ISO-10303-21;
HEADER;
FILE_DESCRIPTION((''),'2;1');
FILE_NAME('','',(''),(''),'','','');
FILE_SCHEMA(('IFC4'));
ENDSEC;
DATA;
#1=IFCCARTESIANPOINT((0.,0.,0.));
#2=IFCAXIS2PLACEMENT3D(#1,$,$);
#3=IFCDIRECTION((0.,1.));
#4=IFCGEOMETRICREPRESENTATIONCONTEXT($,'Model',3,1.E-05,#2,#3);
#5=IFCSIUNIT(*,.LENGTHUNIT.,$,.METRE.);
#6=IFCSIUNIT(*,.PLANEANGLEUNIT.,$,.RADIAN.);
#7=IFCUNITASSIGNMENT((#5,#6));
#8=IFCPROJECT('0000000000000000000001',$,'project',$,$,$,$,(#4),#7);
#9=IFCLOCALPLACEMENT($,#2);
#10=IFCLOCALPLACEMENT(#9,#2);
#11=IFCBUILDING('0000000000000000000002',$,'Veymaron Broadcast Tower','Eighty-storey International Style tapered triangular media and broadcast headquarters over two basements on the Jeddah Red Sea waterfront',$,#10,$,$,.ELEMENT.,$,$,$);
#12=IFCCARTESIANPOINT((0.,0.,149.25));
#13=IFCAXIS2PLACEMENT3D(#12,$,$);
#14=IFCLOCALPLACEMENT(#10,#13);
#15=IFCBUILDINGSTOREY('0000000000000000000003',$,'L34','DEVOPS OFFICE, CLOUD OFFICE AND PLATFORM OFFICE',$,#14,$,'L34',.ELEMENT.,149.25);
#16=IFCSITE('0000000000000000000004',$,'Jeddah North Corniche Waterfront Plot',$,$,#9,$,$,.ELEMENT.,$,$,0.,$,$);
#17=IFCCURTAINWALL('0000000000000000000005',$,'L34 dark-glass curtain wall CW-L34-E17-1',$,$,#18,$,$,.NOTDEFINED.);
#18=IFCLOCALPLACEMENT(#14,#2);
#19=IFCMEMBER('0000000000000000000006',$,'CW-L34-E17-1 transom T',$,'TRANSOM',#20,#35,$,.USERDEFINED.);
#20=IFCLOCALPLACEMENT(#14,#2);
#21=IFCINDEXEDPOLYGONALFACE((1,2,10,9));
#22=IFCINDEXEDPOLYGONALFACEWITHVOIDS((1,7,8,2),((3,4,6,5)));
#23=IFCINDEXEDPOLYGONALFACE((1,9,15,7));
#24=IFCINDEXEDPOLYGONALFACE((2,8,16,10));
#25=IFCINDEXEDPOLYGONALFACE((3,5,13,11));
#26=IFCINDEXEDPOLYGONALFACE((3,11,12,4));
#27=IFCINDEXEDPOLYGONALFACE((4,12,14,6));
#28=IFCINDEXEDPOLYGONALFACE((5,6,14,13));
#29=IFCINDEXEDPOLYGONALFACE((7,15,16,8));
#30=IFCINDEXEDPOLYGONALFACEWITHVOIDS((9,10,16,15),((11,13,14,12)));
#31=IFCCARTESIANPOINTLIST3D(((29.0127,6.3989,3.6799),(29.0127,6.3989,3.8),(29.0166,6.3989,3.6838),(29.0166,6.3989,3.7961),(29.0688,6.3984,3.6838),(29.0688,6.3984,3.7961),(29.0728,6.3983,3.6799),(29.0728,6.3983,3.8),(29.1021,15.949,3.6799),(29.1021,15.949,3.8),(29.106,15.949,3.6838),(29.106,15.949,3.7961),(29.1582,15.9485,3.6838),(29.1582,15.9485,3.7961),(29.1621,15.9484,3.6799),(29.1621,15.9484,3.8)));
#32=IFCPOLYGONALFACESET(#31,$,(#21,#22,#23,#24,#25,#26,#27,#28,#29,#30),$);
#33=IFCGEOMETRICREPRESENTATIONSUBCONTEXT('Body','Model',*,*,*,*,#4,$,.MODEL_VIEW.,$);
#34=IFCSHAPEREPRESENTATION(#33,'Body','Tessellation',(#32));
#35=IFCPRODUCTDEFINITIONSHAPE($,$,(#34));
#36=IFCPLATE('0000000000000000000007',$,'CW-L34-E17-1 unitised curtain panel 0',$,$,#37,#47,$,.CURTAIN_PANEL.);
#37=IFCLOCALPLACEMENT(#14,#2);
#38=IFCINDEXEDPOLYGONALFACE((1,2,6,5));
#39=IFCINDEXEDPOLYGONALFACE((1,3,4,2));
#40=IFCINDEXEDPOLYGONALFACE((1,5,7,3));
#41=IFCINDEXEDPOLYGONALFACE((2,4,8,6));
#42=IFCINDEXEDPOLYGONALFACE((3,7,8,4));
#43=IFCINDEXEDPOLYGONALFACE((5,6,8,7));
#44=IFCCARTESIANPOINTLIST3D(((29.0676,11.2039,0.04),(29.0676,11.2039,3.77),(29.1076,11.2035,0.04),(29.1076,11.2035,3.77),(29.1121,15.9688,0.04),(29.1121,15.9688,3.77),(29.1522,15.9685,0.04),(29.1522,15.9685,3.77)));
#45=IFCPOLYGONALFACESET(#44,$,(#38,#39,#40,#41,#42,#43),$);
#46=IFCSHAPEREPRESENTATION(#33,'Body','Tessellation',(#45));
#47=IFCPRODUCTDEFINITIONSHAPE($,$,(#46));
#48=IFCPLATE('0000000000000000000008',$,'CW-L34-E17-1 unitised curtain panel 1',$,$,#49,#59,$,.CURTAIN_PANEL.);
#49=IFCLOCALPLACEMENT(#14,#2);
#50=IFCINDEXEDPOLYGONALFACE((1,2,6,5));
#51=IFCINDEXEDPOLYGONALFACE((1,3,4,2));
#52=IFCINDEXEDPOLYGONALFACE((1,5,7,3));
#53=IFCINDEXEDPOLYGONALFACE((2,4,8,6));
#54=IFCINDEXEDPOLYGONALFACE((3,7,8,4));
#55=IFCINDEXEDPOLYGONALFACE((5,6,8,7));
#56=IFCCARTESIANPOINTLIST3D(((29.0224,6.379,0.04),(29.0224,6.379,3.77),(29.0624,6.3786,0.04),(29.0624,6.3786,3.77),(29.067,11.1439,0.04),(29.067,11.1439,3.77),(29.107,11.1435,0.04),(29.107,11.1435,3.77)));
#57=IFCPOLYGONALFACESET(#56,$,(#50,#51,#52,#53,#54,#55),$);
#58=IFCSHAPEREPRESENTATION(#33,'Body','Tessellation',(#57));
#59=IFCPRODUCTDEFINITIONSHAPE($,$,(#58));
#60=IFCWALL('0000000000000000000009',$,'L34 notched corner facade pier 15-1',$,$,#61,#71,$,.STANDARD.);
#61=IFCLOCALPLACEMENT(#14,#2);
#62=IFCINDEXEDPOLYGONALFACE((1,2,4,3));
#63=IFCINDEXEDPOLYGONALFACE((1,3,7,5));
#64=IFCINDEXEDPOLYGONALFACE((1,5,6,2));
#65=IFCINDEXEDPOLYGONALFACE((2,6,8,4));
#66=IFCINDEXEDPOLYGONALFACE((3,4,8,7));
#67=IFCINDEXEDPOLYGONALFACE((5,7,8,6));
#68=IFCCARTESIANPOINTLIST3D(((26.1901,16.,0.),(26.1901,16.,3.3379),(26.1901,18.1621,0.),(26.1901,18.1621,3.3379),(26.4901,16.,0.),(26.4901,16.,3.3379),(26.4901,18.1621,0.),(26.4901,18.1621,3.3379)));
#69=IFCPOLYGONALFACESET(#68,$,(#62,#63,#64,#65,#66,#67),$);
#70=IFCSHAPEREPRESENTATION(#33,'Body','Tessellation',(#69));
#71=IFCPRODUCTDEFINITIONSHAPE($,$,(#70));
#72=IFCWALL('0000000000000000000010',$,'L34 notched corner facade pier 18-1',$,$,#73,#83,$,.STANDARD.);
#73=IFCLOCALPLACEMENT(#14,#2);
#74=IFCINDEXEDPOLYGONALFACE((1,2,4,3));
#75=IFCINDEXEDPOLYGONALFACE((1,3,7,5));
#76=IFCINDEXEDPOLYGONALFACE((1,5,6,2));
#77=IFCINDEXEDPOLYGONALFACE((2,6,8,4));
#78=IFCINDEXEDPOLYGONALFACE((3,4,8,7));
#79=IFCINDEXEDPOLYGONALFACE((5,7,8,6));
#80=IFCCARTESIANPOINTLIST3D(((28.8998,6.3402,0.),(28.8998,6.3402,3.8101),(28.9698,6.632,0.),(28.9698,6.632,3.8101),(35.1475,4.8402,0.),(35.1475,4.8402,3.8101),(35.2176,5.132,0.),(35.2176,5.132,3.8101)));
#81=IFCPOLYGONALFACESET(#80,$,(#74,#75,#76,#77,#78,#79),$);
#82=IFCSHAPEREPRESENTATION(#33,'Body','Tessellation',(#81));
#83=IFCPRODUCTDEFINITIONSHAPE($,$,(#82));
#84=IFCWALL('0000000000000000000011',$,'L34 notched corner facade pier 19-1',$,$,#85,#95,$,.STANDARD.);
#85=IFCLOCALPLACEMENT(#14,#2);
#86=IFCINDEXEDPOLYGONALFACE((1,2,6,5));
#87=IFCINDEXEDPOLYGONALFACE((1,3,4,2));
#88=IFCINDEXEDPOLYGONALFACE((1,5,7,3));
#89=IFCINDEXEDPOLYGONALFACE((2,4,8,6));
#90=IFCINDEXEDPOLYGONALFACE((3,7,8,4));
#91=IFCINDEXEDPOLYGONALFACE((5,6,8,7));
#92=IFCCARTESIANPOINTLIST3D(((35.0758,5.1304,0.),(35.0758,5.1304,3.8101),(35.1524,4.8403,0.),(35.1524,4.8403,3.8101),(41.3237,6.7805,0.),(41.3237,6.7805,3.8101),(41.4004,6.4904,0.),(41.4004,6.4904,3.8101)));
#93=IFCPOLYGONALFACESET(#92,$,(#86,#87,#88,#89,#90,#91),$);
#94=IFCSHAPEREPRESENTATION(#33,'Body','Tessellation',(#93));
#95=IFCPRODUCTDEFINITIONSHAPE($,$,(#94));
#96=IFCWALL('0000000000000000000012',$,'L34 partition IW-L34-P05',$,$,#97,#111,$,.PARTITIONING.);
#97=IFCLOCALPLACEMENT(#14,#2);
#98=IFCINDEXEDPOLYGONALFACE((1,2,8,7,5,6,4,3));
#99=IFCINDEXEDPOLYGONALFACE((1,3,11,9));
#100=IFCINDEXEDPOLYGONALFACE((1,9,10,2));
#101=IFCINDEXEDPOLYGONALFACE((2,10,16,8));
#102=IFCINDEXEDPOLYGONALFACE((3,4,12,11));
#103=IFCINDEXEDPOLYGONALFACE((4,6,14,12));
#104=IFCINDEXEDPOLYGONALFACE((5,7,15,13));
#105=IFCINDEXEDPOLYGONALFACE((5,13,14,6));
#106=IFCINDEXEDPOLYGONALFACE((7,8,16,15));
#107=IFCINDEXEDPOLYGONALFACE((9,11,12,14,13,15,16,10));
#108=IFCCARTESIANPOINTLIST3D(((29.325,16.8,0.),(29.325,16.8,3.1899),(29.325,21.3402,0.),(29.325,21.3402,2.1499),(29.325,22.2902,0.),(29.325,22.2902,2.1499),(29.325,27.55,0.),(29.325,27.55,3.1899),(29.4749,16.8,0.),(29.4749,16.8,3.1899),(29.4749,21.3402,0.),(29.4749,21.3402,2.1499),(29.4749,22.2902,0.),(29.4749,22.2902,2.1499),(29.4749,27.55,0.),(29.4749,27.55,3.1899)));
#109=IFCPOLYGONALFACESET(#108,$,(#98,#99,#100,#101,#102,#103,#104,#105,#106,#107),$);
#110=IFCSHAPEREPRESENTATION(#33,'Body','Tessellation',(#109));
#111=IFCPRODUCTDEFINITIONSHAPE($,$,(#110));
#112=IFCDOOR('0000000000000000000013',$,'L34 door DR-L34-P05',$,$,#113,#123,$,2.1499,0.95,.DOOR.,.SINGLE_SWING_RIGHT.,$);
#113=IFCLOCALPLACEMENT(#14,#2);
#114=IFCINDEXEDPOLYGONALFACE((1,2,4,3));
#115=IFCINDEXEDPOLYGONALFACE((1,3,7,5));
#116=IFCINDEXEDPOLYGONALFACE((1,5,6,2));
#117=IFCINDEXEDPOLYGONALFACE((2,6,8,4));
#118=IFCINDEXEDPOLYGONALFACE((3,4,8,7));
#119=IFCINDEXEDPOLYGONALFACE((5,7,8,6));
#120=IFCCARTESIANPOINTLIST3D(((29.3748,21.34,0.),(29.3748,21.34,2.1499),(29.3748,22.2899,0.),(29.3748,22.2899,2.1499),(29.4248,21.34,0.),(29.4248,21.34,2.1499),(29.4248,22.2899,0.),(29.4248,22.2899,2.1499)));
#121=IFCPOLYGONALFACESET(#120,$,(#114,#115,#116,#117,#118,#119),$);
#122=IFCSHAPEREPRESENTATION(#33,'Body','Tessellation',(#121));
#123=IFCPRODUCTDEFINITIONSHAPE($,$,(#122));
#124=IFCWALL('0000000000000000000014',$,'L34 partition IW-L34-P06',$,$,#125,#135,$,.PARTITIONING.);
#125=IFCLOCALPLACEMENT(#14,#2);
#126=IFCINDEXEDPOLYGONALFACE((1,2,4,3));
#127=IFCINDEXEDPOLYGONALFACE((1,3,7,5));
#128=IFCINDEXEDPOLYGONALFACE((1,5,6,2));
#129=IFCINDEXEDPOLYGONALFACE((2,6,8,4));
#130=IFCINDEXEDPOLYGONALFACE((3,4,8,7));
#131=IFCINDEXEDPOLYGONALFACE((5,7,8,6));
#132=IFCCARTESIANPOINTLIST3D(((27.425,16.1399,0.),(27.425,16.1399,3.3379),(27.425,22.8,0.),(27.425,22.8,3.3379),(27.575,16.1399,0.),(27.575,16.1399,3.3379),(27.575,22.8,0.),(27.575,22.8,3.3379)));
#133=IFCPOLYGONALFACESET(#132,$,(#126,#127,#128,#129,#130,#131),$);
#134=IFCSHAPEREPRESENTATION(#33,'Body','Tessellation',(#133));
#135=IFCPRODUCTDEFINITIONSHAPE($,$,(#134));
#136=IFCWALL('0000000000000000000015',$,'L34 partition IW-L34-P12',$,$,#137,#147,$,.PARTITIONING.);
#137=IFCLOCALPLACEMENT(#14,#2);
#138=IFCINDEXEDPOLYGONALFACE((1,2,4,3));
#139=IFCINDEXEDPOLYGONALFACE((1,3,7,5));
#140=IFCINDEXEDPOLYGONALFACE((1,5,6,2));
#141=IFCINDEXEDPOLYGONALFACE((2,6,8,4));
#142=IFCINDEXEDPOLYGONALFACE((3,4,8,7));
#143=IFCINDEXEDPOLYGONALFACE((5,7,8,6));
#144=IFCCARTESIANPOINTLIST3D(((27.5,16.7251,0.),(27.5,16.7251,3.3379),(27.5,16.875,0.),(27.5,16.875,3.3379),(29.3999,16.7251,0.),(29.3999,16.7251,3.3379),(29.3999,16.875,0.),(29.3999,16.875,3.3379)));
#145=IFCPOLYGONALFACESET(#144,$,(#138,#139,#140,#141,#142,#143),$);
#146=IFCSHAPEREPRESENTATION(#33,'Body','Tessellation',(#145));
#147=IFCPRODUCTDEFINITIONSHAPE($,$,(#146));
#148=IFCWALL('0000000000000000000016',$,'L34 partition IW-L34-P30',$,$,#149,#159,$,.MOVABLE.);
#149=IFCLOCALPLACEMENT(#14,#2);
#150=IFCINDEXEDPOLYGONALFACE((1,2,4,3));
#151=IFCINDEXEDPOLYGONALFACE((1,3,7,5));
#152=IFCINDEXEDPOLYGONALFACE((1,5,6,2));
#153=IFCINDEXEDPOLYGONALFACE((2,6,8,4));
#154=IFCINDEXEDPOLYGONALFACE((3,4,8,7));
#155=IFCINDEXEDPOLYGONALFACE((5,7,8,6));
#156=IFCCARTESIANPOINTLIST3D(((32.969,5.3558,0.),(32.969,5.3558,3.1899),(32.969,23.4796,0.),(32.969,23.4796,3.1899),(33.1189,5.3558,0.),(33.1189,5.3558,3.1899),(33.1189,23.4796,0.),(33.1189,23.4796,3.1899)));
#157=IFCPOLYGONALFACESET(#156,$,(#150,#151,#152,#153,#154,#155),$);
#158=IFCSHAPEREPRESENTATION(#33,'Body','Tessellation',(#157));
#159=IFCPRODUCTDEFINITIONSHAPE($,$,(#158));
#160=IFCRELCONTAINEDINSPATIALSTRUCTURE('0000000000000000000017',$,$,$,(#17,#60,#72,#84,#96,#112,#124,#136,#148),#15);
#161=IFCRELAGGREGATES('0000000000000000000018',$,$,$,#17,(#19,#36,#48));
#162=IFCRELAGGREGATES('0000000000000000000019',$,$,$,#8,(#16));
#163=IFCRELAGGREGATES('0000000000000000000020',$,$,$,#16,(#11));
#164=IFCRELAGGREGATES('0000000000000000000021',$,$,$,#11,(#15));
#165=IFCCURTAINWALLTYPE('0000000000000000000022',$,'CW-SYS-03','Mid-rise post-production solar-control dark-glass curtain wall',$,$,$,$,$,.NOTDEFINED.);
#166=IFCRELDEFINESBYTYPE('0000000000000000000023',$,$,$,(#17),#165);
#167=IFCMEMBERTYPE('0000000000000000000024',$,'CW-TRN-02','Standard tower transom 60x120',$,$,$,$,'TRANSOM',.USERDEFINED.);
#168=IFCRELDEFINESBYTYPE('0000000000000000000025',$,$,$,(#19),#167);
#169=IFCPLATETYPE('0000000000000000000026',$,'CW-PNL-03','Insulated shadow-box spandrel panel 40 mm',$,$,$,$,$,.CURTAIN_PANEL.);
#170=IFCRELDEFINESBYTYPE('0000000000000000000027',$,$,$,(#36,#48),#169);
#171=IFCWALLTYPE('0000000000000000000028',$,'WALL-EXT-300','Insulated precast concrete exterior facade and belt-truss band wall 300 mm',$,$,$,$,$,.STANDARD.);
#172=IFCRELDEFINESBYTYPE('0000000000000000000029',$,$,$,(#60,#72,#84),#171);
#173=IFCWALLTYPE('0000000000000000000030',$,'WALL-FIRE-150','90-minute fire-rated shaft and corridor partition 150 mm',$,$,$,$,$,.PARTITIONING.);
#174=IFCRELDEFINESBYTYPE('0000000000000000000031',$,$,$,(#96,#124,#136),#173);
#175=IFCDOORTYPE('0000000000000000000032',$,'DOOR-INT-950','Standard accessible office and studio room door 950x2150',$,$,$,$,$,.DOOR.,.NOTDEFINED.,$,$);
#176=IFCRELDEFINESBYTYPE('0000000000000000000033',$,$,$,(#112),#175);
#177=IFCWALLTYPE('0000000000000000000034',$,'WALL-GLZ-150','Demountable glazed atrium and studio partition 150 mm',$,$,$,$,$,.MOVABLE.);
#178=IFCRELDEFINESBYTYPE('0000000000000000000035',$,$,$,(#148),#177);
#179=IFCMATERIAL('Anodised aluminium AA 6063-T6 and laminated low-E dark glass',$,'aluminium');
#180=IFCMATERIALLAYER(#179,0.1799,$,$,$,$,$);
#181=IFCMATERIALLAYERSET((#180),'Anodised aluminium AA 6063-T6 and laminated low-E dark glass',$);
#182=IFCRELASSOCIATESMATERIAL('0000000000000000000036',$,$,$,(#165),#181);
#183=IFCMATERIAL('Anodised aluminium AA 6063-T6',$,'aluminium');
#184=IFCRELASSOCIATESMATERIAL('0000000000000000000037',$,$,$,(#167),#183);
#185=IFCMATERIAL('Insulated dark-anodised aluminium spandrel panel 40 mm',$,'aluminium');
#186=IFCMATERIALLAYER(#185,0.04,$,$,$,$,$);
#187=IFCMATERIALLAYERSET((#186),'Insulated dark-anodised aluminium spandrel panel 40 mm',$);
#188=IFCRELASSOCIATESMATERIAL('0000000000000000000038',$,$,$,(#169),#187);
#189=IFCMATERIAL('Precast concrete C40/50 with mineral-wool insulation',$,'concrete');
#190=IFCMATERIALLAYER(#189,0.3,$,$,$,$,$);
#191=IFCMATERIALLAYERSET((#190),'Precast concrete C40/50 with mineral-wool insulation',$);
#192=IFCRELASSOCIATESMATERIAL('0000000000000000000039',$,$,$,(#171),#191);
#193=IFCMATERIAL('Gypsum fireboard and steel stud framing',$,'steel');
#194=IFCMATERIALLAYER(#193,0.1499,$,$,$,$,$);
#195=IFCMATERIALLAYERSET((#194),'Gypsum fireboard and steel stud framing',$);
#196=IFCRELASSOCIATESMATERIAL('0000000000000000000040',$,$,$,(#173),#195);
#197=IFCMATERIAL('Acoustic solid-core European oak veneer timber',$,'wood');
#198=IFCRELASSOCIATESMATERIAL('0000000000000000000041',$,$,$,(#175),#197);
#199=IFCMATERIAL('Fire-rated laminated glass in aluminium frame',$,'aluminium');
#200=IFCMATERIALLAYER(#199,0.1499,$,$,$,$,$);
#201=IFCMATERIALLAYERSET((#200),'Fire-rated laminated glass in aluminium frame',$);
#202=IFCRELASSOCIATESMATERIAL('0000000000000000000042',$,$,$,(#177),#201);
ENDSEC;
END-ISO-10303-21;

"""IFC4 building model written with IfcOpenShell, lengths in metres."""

from ifc_helpers import new_model, si_unit, direction, frame, frame_2d, origin, origin_2d, place, context, subcontext, project, spatial, rectangle, hollow_rectangle, extrude, material, layer, layer_set, material_profile, profile_set, type_object, element, fill, aggregate, save


model = new_model("IFC4")

# Units and contexts
model_context = context("Model", 3, precision=1e-05, world=origin(), true_north=direction((0.0, 1.0)))
body_context = subcontext(model_context, "Body", "Model", "MODEL_VIEW")
ifc_project = project(units=[si_unit("LENGTHUNIT", "METRE"), si_unit("PLANEANGLEUNIT", "RADIAN")], contexts=[model_context])

# Site, building, storey
site_placement = place(None, origin())
site = spatial("IfcSite", under=ifc_project, at=site_placement, Name="Jeddah North Corniche Waterfront Plot", CompositionType="ELEMENT", RefElevation=0.0)
building_placement = place(site_placement, origin())
building = spatial("IfcBuilding", under=site, at=building_placement, Name="Veymaron Broadcast Tower", Description="Eighty-storey International Style tapered triangular media and broadcast headquarters over two basements on the Jeddah Red Sea waterfront", CompositionType="ELEMENT")
storey_placement = place(building_placement, frame((0.0, 0.0, 149.25)))
storey = spatial("IfcBuildingStorey", under=building, at=storey_placement, Name="L34", Description="DEVOPS OFFICE, CLOUD OFFICE AND PLATFORM OFFICE", LongName="L34", CompositionType="ELEMENT", Elevation=149.25)

# Shared definitions
ifc_material_1 = material(Name="Anodised aluminium AA 6063-T6 and laminated low-E dark glass", Category="aluminium")
ifc_layer_1 = layer(ifc_material_1, 0.1799)
ifc_layer_set_1 = layer_set([ifc_layer_1], Name="Anodised aluminium AA 6063-T6 and laminated low-E dark glass")
curtain_wall_type = type_object("IfcCurtainWallType", Name="CW-SYS-03", Description="Mid-rise post-production solar-control dark-glass curtain wall", PredefinedType="NOTDEFINED", material=ifc_layer_set_1)
ifc_material_2 = material(Name="Anodised aluminium AA 6063-T6", Category="aluminium")

# Curtain wall, member, plates
curtain_wall_1_placement = place(storey_placement, origin())
curtain_wall_1 = element("IfcCurtainWall", 1, at=curtain_wall_1_placement, inside=storey, type_object=curtain_wall_type, Name="L34 dark-glass curtain wall CW-L34-E17-1", PredefinedType="NOTDEFINED")
ifc_material_profile_1 = material_profile(ifc_material_2, hollow_rectangle(XDim=0.0601, YDim=0.1201, WallThickness=0.0039, at=origin_2d()), Name="AL120X60X4")
ifc_profile_set_1 = profile_set([ifc_material_profile_1], Name="Anodised aluminium AA 6063-T6")
member_type_1 = type_object("IfcMemberType", Name="CW-TRN-02", Description="Standard tower transom 60x120", ElementType="TRANSOM", PredefinedType="USERDEFINED", material=ifc_profile_set_1)
member_1_placement = place(storey_placement, frame((29.1321, 15.9487, 3.74), z_axis=(-0.009356, -0.999956, 0.0), x_axis=(0.999956, -0.009356, 0.0)))
member_1 = element("IfcMember", 2, at=member_1_placement, type_object=member_type_1, Name="CW-L34-E17-1 transom T", ObjectType="TRANSOM", PredefinedType="USERDEFINED", context=body_context, shape_type="SweptSolid", body=[
    extrude(hollow_rectangle(XDim=0.0601, YDim=0.1201, WallThickness=0.0039, at=origin_2d()), origin(), (0.0, 0.0, 1.0), 9.5505),
])
ifc_material_3 = material(Name="Insulated dark-anodised aluminium spandrel panel 40 mm", Category="aluminium")
ifc_layer_2 = layer(ifc_material_3, 0.04)
ifc_layer_set_2 = layer_set([ifc_layer_2], Name="Insulated dark-anodised aluminium spandrel panel 40 mm")
plate_type = type_object("IfcPlateType", Name="CW-PNL-03", Description="Insulated shadow-box spandrel panel 40 mm", PredefinedType="CURTAIN_PANEL", material=ifc_layer_set_2)
plate_1_placement = place(storey_placement, frame((29.1099, 13.5862, 0.04), z_axis=(0.0, 0.0, 1.0), x_axis=(-0.009355, -0.999956, 0.0)))
plate_1 = element("IfcPlate", 3, at=plate_1_placement, type_object=plate_type, Name="CW-L34-E17-1 unitised curtain panel 0", PredefinedType="CURTAIN_PANEL", context=body_context, shape_type="SweptSolid", body=[
    extrude(rectangle(XDim=4.7651, YDim=0.04, at=origin_2d()), origin(), (0.0, 0.0, 1.0), 3.73),
])
plate_2_placement = place(storey_placement, frame((29.0647, 8.7612, 0.04), z_axis=(0.0, 0.0, 1.0), x_axis=(-0.009355, -0.999956, 0.0)))
plate_2 = element("IfcPlate", 4, at=plate_2_placement, type_object=plate_type, Name="CW-L34-E17-1 unitised curtain panel 1", PredefinedType="CURTAIN_PANEL", context=body_context, shape_type="SweptSolid", body=[
    extrude(rectangle(XDim=4.7651, YDim=0.04, at=origin_2d()), origin(), (0.0, 0.0, 1.0), 3.73),
])
aggregate(curtain_wall_1, [member_1, plate_1, plate_2])

# Walls
ifc_material_4 = material(Name="Precast concrete C40/50 with mineral-wool insulation", Category="concrete")
ifc_layer_3 = layer(ifc_material_4, 0.3)
ifc_layer_set_3 = layer_set([ifc_layer_3], Name="Precast concrete C40/50 with mineral-wool insulation")
wall_type_1 = type_object("IfcWallType", Name="WALL-EXT-300", Description="Insulated precast concrete exterior facade and belt-truss band wall 300 mm", PredefinedType="STANDARD", material=ifc_layer_set_3)
wall_1_placement = place(storey_placement, frame((26.3401, 18.1621, 0.0), z_axis=(0.0, 0.0, 1.0), x_axis=(0.0, -1.0, 0.0)))
element("IfcWall", 5, at=wall_1_placement, inside=storey, type_object=wall_type_1, Name="L34 notched corner facade pier 15-1", PredefinedType="STANDARD", context=body_context, shape_type="SweptSolid", body=[
    extrude(rectangle(XDim=2.1621, YDim=0.3, at=frame_2d((1.0811, 0.0))), origin(), (0.0, 0.0, 1.0), 3.3379),
])
wall_2_placement = place(storey_placement, frame((28.9348, 6.4861, 0.0), z_axis=(0.0, 0.0, 1.0), x_axis=(0.972369, -0.233451, 0.0)))
element("IfcWall", 6, at=wall_2_placement, inside=storey, type_object=wall_type_1, Name="L34 notched corner facade pier 18-1", PredefinedType="STANDARD", context=body_context, shape_type="SweptSolid", body=[
    extrude(rectangle(XDim=6.4253, YDim=0.3, at=frame_2d((3.2126, 0.0))), origin(), (0.0, 0.0, 1.0), 3.8101),
])
wall_3_placement = place(storey_placement, frame((35.1143, 4.9854, 0.0), z_axis=(0.0, 0.0, 1.0), x_axis=(0.966846, 0.25536, 0.0)))
element("IfcWall", 7, at=wall_3_placement, inside=storey, type_object=wall_type_1, Name="L34 notched corner facade pier 19-1", PredefinedType="STANDARD", context=body_context, shape_type="SweptSolid", body=[
    extrude(rectangle(XDim=6.4622, YDim=0.3, at=frame_2d((3.231, 0.0))), origin(), (0.0, 0.0, 1.0), 3.8101),
])

# Wall, opening, door
ifc_material_5 = material(Name="Gypsum fireboard and steel stud framing", Category="steel")
ifc_layer_4 = layer(ifc_material_5, 0.1499)
ifc_layer_set_4 = layer_set([ifc_layer_4], Name="Gypsum fireboard and steel stud framing")
wall_type_2 = type_object("IfcWallType", Name="WALL-FIRE-150", Description="90-minute fire-rated shaft and corridor partition 150 mm", PredefinedType="PARTITIONING", material=ifc_layer_set_4)
wall_4_placement = place(storey_placement, frame((29.3999, 16.8, 0.0), z_axis=(0.0, 0.0, 1.0), x_axis=(0.0, 1.0, 0.0)))
wall_4 = element("IfcWall", 8, at=wall_4_placement, inside=storey, type_object=wall_type_2, Name="L34 partition IW-L34-P05", PredefinedType="PARTITIONING", context=body_context, shape_type="SweptSolid", body=[
    extrude(rectangle(XDim=10.75, YDim=0.1499, at=frame_2d((5.375, 0.0))), origin(), (0.0, 0.0, 1.0), 3.1899),
])
opening_placement = place(wall_4_placement, frame((4.54, 0.0, 0.0)))
opening = element("IfcOpeningElement", 9, at=opening_placement, cuts=wall_4, PredefinedType="OPENING", context=body_context, shape_type="SweptSolid", body=[
    extrude(rectangle(XDim=0.95, YDim=2.1499, at=frame_2d((0.4751, 1.075))), frame((0.0, 0.085, 0.0), z_axis=(0.0, -1.0, 0.0), x_axis=(1.0, 0.0, 0.0)), (0.0, 0.0, 1.0), 0.1699),
])
ifc_material_6 = material(Name="Acoustic solid-core European oak veneer timber", Category="wood")
door_type = type_object("IfcDoorType", Name="DOOR-INT-950", Description="Standard accessible office and studio room door 950x2150", OperationType="NOTDEFINED", PredefinedType="DOOR", material=ifc_material_6)
door_placement = place(opening_placement, frame((0.95, 0.0, 0.0), z_axis=(0.0, 0.0, 1.0), x_axis=(-1.0, 0.0, 0.0)))
door = element("IfcDoor", 10, at=door_placement, inside=storey, type_object=door_type, Name="L34 door DR-L34-P05", OperationType="SINGLE_SWING_RIGHT", OverallHeight=2.1499, OverallWidth=0.95, PredefinedType="DOOR", context=body_context, shape_type="SweptSolid", body=[
    extrude(rectangle(XDim=0.95, YDim=2.1499, at=frame_2d((0.4751, 1.075))), frame((0.0, 0.0249, 0.0), z_axis=(0.0, -1.0, 0.0), x_axis=(1.0, 0.0, 0.0)), (0.0, 0.0, 1.0), 0.05),
])
fill(opening, door)

# Walls
wall_5_placement = place(storey_placement, frame((27.5, 16.1399, 0.0), z_axis=(0.0, 0.0, 1.0), x_axis=(0.0, 1.0, 0.0)))
element("IfcWall", 11, at=wall_5_placement, inside=storey, type_object=wall_type_2, Name="L34 partition IW-L34-P06", PredefinedType="PARTITIONING", context=body_context, shape_type="SweptSolid", body=[
    extrude(rectangle(XDim=6.6602, YDim=0.1499, at=frame_2d((3.3301, 0.0))), origin(), (0.0, 0.0, 1.0), 3.3379),
])
wall_6_placement = place(storey_placement, frame((27.5, 16.8, 0.0), z_axis=(0.0, 0.0, 1.0), x_axis=(1.0, 0.0, 0.0)))
element("IfcWall", 12, at=wall_6_placement, inside=storey, type_object=wall_type_2, Name="L34 partition IW-L34-P12", PredefinedType="PARTITIONING", context=body_context, shape_type="SweptSolid", body=[
    extrude(rectangle(XDim=1.8999, YDim=0.1499, at=frame_2d((0.95, 0.0))), origin(), (0.0, 0.0, 1.0), 3.3379),
])
ifc_material_7 = material(Name="Fire-rated laminated glass in aluminium frame", Category="aluminium")
ifc_layer_5 = layer(ifc_material_7, 0.1499)
ifc_layer_set_5 = layer_set([ifc_layer_5], Name="Fire-rated laminated glass in aluminium frame")
wall_type_3 = type_object("IfcWallType", Name="WALL-GLZ-150", Description="Demountable glazed atrium and studio partition 150 mm", PredefinedType="MOVABLE", material=ifc_layer_set_5)
wall_7_placement = place(storey_placement, frame((33.0439, 5.3557, 0.0), z_axis=(0.0, 0.0, 1.0), x_axis=(0.0, 1.0, 0.0)))
element("IfcWall", 13, at=wall_7_placement, inside=storey, type_object=wall_type_3, Name="L34 partition IW-L34-P30", PredefinedType="MOVABLE", context=body_context, shape_type="SweptSolid", body=[
    extrude(rectangle(XDim=18.1238, YDim=0.1499, at=frame_2d((9.062, 0.0))), origin(), (0.0, 0.0, 1.0), 3.1899),
])

save(model, "model.ifc")
